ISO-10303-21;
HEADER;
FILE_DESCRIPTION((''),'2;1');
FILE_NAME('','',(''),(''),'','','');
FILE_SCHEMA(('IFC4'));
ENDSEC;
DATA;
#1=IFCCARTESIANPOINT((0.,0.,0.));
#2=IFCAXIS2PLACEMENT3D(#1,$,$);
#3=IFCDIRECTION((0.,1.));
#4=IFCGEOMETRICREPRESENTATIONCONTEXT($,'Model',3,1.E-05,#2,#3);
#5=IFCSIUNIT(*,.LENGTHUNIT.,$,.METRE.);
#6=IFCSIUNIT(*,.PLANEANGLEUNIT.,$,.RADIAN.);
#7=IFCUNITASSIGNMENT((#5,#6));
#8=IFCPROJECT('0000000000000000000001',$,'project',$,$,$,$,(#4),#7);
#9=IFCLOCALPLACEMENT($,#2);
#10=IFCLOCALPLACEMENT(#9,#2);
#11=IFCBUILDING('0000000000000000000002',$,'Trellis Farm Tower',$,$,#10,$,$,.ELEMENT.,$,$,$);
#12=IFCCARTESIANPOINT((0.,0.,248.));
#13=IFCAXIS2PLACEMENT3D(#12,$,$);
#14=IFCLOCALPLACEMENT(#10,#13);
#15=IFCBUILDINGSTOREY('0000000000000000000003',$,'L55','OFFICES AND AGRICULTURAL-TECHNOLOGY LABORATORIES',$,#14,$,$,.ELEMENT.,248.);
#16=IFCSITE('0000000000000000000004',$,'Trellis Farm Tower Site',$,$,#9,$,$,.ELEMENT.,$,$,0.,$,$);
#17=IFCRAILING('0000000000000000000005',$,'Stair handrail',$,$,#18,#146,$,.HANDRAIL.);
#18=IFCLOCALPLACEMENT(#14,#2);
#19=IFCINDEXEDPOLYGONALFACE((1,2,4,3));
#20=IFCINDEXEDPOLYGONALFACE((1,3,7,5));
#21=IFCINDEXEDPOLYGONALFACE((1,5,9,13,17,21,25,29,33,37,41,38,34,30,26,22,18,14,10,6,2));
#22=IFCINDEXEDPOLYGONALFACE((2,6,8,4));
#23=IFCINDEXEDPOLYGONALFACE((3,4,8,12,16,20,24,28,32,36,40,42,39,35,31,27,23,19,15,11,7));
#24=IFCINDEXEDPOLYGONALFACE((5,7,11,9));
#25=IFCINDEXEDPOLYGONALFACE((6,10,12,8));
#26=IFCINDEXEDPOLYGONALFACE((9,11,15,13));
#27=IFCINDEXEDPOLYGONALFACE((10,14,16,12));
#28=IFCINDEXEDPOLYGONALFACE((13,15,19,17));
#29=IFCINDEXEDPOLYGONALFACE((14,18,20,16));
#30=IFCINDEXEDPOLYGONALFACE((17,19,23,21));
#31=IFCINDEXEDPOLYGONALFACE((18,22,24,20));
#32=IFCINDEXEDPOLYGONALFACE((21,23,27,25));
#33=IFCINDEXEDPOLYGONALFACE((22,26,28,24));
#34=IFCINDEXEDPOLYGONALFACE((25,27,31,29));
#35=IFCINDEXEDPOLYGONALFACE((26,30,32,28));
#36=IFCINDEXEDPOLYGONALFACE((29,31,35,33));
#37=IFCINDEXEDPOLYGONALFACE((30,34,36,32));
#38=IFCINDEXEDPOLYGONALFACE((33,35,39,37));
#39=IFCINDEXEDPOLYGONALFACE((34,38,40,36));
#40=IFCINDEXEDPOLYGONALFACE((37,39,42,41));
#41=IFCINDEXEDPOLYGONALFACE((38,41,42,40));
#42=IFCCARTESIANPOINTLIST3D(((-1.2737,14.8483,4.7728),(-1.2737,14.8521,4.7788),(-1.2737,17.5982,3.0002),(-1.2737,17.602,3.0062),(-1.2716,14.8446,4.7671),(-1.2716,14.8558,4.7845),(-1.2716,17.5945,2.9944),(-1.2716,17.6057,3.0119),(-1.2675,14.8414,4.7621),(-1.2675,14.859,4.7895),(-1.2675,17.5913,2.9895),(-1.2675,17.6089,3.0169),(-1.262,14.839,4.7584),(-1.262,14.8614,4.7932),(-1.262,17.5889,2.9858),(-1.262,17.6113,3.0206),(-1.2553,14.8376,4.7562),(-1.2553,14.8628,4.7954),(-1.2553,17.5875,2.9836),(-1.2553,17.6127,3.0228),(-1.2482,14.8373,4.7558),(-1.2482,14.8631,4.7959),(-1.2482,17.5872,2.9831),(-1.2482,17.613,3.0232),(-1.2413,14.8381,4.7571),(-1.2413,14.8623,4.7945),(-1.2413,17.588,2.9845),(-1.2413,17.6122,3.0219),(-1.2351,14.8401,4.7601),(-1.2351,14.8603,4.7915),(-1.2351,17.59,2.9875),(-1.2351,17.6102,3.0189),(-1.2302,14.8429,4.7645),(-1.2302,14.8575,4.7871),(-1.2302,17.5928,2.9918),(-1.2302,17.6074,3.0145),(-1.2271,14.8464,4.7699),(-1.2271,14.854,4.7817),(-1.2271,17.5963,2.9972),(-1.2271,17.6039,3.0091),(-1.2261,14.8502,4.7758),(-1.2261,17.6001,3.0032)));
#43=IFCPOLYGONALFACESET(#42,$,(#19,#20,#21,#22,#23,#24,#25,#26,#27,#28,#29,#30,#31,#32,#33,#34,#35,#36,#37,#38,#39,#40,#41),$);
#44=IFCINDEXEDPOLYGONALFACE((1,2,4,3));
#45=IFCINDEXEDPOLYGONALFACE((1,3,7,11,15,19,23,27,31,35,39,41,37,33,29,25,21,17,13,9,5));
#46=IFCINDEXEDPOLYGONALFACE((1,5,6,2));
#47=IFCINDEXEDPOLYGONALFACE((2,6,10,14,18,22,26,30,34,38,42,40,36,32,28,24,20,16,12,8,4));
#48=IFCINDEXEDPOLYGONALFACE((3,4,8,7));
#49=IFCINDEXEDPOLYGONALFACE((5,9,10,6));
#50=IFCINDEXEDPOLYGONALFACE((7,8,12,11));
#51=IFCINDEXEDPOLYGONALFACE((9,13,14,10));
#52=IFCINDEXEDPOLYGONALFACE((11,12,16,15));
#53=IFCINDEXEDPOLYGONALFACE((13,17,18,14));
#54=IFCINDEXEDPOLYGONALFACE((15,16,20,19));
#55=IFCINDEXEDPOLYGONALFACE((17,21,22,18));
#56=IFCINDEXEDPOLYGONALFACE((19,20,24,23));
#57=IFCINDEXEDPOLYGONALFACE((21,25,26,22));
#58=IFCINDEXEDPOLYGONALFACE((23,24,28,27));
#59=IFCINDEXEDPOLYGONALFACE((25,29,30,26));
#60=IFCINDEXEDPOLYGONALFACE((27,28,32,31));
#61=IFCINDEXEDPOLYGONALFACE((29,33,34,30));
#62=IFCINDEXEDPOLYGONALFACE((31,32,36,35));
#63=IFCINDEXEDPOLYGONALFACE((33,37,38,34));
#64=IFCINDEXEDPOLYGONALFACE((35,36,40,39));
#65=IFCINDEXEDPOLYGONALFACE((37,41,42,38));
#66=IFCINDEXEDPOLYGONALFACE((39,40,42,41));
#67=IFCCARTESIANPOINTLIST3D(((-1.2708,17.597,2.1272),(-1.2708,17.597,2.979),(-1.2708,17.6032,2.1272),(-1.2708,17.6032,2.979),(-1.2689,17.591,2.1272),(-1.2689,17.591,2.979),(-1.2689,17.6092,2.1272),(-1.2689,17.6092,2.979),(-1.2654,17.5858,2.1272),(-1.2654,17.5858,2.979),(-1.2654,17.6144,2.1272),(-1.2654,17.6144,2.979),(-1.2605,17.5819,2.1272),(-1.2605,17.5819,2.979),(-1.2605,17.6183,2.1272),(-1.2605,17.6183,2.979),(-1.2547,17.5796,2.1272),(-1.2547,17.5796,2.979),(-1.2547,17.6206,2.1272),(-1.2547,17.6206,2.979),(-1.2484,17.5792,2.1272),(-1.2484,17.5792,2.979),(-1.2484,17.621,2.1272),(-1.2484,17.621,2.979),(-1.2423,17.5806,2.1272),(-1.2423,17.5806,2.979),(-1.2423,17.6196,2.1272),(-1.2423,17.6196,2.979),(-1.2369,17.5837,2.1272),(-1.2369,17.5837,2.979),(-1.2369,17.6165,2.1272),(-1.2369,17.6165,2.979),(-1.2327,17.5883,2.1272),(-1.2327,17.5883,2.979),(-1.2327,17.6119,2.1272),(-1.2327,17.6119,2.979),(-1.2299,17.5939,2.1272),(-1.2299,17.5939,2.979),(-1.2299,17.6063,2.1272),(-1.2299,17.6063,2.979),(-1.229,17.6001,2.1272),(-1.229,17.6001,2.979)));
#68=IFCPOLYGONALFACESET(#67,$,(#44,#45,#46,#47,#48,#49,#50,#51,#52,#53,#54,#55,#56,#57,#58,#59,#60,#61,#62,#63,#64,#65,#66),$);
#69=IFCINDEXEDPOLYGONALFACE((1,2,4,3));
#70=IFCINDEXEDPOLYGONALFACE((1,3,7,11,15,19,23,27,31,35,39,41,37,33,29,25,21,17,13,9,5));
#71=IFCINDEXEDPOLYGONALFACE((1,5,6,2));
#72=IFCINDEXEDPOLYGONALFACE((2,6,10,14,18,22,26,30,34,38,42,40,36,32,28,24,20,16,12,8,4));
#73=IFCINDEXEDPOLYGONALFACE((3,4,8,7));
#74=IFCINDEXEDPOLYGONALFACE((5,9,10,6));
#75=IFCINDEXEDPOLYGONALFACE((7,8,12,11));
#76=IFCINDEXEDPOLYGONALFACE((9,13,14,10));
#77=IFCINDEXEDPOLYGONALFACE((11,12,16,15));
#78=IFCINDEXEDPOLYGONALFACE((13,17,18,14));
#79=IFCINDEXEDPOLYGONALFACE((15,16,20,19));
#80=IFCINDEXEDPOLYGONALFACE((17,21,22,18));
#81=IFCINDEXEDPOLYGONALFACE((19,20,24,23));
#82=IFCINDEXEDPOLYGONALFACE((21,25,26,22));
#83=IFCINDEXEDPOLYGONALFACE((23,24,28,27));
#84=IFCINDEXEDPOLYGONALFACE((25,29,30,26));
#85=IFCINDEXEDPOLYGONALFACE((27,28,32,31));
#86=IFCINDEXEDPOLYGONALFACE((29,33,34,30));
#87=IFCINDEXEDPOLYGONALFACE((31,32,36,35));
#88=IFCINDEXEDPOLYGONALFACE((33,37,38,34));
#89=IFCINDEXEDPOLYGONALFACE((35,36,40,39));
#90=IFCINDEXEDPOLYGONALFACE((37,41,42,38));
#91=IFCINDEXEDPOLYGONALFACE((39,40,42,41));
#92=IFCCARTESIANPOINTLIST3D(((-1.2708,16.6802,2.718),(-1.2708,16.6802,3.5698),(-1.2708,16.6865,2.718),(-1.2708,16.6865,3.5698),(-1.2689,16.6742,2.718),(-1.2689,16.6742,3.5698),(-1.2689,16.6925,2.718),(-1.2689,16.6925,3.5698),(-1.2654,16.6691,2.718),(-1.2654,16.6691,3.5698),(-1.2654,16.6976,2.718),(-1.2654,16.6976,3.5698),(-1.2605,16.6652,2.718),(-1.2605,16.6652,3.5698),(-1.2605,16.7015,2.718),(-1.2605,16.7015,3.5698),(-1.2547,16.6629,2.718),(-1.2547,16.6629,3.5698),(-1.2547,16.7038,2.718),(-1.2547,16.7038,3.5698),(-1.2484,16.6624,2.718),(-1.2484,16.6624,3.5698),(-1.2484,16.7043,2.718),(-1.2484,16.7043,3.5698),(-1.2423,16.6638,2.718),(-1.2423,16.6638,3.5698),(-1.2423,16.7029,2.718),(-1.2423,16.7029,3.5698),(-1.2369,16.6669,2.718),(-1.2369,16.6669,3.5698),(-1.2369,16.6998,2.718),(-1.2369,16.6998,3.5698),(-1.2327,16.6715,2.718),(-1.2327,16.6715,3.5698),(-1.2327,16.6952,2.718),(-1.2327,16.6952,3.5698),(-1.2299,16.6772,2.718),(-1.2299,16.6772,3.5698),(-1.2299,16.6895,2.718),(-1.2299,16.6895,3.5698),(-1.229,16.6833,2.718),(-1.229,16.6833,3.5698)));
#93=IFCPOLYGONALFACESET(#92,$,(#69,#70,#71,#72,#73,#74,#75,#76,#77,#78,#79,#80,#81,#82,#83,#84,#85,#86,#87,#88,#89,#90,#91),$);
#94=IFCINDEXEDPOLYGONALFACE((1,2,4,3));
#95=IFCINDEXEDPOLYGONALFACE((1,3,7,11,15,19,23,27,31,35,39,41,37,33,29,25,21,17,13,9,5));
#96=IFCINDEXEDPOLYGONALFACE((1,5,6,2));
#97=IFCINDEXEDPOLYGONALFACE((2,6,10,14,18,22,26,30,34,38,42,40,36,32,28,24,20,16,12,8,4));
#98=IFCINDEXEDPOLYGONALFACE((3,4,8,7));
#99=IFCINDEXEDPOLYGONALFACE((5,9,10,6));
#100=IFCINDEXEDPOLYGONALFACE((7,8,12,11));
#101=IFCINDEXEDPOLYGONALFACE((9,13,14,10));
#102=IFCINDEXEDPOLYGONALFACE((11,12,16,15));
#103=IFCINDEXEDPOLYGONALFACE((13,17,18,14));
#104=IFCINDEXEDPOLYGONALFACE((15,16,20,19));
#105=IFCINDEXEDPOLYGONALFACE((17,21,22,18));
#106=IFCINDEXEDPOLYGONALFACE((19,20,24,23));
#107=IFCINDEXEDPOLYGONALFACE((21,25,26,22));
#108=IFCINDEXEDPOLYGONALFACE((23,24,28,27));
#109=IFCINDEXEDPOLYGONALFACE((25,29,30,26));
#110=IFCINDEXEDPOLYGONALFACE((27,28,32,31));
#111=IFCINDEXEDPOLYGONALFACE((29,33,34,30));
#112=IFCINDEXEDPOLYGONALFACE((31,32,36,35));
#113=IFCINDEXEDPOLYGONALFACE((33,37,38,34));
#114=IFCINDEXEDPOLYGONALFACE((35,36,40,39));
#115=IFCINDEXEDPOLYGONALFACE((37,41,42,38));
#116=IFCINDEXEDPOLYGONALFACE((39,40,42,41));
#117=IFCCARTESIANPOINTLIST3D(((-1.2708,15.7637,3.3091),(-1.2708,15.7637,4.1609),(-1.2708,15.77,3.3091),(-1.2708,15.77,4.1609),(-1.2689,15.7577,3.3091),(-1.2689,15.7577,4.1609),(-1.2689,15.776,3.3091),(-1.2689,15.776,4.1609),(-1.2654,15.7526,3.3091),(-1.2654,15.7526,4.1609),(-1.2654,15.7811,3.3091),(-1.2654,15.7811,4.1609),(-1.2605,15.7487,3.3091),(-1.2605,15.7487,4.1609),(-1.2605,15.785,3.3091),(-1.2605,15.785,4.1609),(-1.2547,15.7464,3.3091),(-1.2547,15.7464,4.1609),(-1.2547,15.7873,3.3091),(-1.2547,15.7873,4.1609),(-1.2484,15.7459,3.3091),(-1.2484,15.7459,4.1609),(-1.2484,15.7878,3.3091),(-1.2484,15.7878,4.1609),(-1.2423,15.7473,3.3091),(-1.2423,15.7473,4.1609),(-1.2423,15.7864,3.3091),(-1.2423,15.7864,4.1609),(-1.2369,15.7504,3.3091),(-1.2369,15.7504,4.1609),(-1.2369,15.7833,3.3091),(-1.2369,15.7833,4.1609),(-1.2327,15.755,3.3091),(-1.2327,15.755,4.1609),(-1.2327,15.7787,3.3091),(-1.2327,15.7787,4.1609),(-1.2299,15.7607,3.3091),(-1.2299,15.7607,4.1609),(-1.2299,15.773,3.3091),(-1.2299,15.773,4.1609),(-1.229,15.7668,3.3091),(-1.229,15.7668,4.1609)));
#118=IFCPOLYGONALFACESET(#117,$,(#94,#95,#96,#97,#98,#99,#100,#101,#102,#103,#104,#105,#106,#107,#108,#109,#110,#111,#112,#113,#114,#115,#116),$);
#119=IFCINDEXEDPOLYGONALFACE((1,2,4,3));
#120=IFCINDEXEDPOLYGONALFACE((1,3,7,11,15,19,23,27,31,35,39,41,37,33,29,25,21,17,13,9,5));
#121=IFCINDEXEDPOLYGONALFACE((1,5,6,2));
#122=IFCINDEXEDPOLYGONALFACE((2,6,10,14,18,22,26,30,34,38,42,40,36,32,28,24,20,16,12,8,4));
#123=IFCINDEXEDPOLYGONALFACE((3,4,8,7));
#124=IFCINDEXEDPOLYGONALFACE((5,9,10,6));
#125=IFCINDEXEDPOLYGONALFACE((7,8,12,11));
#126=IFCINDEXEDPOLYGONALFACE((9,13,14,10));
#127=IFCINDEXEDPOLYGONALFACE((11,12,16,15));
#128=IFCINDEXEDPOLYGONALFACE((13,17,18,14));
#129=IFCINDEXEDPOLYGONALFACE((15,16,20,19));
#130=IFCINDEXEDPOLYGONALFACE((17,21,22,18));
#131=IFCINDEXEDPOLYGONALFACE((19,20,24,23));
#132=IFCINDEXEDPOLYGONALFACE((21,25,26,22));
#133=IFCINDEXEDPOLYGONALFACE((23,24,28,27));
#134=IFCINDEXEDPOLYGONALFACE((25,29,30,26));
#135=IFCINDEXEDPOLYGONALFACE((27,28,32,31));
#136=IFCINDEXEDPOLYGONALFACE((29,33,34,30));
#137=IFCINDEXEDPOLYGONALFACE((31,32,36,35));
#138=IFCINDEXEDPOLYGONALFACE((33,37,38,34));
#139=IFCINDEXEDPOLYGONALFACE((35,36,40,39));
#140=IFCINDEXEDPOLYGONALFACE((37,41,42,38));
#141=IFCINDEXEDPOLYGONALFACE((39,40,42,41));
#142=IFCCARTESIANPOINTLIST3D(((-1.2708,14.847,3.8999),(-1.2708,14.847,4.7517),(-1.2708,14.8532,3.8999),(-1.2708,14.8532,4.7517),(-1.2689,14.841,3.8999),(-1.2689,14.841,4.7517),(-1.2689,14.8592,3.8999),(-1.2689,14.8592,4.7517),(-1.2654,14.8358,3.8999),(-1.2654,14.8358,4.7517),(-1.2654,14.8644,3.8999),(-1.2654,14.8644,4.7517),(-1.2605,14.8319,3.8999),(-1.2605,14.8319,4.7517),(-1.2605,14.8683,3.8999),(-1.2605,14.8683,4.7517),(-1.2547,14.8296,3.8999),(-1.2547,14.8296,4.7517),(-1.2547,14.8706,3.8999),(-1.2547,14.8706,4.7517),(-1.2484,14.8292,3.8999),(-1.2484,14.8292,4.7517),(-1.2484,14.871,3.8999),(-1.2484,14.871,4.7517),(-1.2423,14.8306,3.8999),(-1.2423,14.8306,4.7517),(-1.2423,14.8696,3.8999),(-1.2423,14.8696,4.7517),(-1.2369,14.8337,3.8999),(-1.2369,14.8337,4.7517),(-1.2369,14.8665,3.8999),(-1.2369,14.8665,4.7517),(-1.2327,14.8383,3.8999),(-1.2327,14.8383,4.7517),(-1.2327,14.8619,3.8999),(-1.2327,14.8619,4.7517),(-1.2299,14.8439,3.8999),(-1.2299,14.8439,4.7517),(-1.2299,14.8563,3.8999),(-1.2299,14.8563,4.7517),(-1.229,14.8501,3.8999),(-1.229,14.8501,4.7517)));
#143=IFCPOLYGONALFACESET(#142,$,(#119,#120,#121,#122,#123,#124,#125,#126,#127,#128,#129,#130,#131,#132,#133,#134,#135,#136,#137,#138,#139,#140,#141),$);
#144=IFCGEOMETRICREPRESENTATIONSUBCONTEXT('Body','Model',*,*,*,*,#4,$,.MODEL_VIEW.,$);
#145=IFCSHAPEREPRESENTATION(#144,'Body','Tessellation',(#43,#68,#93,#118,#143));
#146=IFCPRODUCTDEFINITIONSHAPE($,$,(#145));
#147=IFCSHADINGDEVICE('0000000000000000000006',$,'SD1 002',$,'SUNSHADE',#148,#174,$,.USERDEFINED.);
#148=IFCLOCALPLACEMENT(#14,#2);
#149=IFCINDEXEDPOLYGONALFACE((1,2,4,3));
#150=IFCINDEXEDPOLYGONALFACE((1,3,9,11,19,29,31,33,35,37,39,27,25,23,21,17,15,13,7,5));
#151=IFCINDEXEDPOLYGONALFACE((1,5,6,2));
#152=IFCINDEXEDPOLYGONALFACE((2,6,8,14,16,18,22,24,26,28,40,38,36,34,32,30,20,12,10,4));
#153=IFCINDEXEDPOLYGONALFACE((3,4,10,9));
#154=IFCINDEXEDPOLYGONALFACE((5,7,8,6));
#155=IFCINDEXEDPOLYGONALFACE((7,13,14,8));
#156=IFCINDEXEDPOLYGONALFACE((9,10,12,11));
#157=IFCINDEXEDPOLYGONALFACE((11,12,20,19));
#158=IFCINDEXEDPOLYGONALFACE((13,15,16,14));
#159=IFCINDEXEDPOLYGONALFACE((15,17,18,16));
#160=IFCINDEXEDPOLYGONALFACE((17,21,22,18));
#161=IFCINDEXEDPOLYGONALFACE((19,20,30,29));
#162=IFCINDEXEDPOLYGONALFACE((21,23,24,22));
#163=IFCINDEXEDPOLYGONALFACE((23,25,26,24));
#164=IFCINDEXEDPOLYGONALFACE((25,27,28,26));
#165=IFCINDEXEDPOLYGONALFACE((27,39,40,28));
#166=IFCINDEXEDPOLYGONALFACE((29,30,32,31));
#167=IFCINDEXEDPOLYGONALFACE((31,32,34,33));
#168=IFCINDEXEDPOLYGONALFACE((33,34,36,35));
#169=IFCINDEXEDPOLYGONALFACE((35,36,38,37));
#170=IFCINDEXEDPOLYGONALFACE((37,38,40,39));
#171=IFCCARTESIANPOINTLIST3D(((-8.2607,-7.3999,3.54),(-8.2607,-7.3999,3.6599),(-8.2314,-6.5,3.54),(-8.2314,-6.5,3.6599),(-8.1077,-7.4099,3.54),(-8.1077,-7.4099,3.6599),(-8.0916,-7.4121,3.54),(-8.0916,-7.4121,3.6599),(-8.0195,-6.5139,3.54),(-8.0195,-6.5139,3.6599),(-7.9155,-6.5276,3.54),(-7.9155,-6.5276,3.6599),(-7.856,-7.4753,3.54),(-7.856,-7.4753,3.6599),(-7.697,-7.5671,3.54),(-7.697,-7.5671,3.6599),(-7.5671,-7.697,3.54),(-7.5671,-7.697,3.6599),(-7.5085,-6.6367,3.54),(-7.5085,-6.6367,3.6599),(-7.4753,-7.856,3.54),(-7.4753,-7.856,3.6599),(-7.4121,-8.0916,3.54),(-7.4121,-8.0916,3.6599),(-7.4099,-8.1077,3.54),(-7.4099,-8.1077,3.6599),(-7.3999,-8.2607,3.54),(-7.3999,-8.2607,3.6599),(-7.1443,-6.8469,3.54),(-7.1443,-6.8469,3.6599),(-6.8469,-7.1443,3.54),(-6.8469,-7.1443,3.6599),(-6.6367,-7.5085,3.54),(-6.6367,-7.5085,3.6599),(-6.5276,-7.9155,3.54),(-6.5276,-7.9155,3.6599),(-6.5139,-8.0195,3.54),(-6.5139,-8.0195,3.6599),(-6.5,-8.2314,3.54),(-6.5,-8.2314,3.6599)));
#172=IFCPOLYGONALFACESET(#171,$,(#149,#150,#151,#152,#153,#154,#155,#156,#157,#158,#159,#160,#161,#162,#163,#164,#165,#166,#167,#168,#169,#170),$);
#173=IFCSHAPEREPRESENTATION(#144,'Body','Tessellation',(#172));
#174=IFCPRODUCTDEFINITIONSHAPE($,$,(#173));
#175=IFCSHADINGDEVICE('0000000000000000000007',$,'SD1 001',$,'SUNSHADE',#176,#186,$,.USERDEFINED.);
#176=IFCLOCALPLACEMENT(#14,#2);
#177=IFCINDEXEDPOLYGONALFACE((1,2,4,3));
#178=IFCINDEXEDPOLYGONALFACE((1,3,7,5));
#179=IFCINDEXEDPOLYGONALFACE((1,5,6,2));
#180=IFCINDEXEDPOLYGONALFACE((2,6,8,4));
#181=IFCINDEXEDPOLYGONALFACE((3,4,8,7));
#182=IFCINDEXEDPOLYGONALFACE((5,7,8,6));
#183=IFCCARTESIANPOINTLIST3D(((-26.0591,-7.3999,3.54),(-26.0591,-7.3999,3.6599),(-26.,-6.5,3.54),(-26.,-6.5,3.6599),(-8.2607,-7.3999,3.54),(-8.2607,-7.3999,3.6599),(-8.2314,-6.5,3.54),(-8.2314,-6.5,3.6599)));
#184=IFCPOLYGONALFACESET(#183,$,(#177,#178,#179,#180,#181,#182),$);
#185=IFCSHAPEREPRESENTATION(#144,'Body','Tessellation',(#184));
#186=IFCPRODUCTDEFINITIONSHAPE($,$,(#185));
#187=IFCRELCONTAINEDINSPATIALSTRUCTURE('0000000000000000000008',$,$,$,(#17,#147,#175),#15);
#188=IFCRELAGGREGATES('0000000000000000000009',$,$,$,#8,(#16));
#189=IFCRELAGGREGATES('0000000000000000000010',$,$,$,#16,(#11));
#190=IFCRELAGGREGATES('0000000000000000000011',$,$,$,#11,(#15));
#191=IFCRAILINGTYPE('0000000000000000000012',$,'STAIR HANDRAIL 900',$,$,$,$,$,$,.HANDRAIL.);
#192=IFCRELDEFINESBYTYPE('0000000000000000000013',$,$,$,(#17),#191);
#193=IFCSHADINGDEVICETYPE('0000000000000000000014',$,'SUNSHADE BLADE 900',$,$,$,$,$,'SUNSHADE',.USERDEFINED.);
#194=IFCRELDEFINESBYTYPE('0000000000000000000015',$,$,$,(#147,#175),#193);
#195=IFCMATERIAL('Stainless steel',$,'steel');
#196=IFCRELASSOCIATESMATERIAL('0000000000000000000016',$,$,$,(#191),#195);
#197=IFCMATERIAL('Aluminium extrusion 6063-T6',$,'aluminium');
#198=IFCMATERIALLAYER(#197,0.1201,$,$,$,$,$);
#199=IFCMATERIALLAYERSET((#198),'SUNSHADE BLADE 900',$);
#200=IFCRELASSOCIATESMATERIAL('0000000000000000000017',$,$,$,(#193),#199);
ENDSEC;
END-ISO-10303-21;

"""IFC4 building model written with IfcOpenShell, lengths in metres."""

from ifc_helpers import new_model, si_unit, direction, frame, origin, origin_2d, place, context, subcontext, project, spatial, polyline, circle, outline, extrude, source, transform, mapped, material, layer, layer_set, type_object, element, save


model = new_model("IFC4")

# Units and contexts
model_context = context("Model", 3, precision=1e-05, world=origin(), true_north=direction((0.0, 1.0)))
body_context = subcontext(model_context, "Body", "Model", "MODEL_VIEW")
ifc_project = project(units=[si_unit("LENGTHUNIT", "METRE"), si_unit("PLANEANGLEUNIT", "RADIAN")], contexts=[model_context])

# Site, building, storey
site_placement = place(None, origin())
site = spatial("IfcSite", under=ifc_project, at=site_placement, Name="Trellis Farm Tower Site", CompositionType="ELEMENT", RefElevation=0.0)
building_placement = place(site_placement, origin())
building = spatial("IfcBuilding", under=site, at=building_placement, Name="Trellis Farm Tower", CompositionType="ELEMENT")
storey_placement = place(building_placement, frame((0.0, 0.0, 248.0)))
storey = spatial("IfcBuildingStorey", under=building, at=storey_placement, Name="L55", Description="OFFICES AND AGRICULTURAL-TECHNOLOGY LABORATORIES", CompositionType="ELEMENT", Elevation=248.0)

# Shared definitions
ifc_material_1 = material(Name="Aluminium extrusion 6063-T6", Category="aluminium")

# Railing
ifc_material_2 = material(Name="Stainless steel", Category="steel")
railing_type = type_object("IfcRailingType", Name="STAIR HANDRAIL 900", PredefinedType="HANDRAIL", material=ifc_material_2)
shared_shape_1 = source(origin(), body_context, "Body", "SweptSolid", [
    extrude(circle(Radius=0.0239, at=origin_2d()), frame((0.0, 0.0, 0.876), z_axis=(0.0, -0.840504, 0.541806), x_axis=(1.0, 0.0, 0.0)), (0.0, 0.0, 1.0), 3.2717),
    extrude(circle(Radius=0.021, at=origin_2d()), origin(), (0.0, 0.0, 1.0), 0.8518),
    extrude(circle(Radius=0.021, at=origin_2d()), frame((0.0, -0.9167, 0.5908)), (0.0, 0.0, 1.0), 0.8518),
    extrude(circle(Radius=0.021, at=origin_2d()), frame((0.0, -1.8333, 1.1819)), (0.0, 0.0, 1.0), 0.8518),
    extrude(circle(Radius=0.021, at=origin_2d()), frame((0.0, -2.75, 1.7727)), (0.0, 0.0, 1.0), 0.8518),
])
railing_placement = place(storey_placement, frame((-1.25, 17.6001, 2.1272)))
element("IfcRailing", 1, at=railing_placement, inside=storey, type_object=railing_type, Name="Stair handrail", PredefinedType="HANDRAIL", context=body_context, shape_type="MappedRepresentation", body=[
    mapped(shared_shape_1, transform((0.0, 0.0, 0.0))),
])

# Shading devices
ifc_layer_1 = layer(ifc_material_1, 0.1201)
ifc_layer_set_1 = layer_set([ifc_layer_1], Name="SUNSHADE BLADE 900")
shading_device_type_1 = type_object("IfcShadingDeviceType", Name="SUNSHADE BLADE 900", ElementType="SUNSHADE", PredefinedType="USERDEFINED", material=ifc_layer_set_1)
shared_shape_2 = source(origin(), body_context, "Body", "SweptSolid", [
    extrude(outline(polyline([(-8.2607, -7.3999), (-8.1077, -7.4099), (-8.0916, -7.4121), (-7.856, -7.4753), (-7.697, -7.5671), (-7.5671, -7.697), (-7.4753, -7.856), (-7.4121, -8.0916), (-7.4099, -8.1077), (-7.3999, -8.2607), (-6.5, -8.2314), (-6.5139, -8.0195), (-6.5276, -7.9155), (-6.6367, -7.5085), (-6.8469, -7.1443), (-7.1443, -6.8469), (-7.5085, -6.6367), (-7.9155, -6.5276), (-8.0195, -6.5139), (-8.2314, -6.5), (-8.2607, -7.3999)])), origin(), (0.0, 0.0, 1.0), 0.1199),
])
placement_1 = place(storey_placement, frame((0.0, 0.0, 3.54)))
element("IfcShadingDevice", 2, at=placement_1, inside=storey, type_object=shading_device_type_1, Name="SD1 002", ObjectType="SUNSHADE", PredefinedType="USERDEFINED", context=body_context, shape_type="MappedRepresentation", body=[
    mapped(shared_shape_2, transform((0.0, 0.0, 0.0))),
])
shared_shape_3 = source(origin(), body_context, "Body", "SweptSolid", [
    extrude(outline(polyline([(-26.0591, -7.3999), (-8.2607, -7.3999), (-8.2314, -6.5), (-26.0, -6.5), (-26.0591, -7.3999)])), origin(), (0.0, 0.0, 1.0), 0.1199),
])
element("IfcShadingDevice", 3, at=placement_1, inside=storey, type_object=shading_device_type_1, Name="SD1 001", ObjectType="SUNSHADE", PredefinedType="USERDEFINED", context=body_context, shape_type="MappedRepresentation", body=[
    mapped(shared_shape_3, transform((0.0, 0.0, 0.0))),
])

save(model, "model.ifc")
